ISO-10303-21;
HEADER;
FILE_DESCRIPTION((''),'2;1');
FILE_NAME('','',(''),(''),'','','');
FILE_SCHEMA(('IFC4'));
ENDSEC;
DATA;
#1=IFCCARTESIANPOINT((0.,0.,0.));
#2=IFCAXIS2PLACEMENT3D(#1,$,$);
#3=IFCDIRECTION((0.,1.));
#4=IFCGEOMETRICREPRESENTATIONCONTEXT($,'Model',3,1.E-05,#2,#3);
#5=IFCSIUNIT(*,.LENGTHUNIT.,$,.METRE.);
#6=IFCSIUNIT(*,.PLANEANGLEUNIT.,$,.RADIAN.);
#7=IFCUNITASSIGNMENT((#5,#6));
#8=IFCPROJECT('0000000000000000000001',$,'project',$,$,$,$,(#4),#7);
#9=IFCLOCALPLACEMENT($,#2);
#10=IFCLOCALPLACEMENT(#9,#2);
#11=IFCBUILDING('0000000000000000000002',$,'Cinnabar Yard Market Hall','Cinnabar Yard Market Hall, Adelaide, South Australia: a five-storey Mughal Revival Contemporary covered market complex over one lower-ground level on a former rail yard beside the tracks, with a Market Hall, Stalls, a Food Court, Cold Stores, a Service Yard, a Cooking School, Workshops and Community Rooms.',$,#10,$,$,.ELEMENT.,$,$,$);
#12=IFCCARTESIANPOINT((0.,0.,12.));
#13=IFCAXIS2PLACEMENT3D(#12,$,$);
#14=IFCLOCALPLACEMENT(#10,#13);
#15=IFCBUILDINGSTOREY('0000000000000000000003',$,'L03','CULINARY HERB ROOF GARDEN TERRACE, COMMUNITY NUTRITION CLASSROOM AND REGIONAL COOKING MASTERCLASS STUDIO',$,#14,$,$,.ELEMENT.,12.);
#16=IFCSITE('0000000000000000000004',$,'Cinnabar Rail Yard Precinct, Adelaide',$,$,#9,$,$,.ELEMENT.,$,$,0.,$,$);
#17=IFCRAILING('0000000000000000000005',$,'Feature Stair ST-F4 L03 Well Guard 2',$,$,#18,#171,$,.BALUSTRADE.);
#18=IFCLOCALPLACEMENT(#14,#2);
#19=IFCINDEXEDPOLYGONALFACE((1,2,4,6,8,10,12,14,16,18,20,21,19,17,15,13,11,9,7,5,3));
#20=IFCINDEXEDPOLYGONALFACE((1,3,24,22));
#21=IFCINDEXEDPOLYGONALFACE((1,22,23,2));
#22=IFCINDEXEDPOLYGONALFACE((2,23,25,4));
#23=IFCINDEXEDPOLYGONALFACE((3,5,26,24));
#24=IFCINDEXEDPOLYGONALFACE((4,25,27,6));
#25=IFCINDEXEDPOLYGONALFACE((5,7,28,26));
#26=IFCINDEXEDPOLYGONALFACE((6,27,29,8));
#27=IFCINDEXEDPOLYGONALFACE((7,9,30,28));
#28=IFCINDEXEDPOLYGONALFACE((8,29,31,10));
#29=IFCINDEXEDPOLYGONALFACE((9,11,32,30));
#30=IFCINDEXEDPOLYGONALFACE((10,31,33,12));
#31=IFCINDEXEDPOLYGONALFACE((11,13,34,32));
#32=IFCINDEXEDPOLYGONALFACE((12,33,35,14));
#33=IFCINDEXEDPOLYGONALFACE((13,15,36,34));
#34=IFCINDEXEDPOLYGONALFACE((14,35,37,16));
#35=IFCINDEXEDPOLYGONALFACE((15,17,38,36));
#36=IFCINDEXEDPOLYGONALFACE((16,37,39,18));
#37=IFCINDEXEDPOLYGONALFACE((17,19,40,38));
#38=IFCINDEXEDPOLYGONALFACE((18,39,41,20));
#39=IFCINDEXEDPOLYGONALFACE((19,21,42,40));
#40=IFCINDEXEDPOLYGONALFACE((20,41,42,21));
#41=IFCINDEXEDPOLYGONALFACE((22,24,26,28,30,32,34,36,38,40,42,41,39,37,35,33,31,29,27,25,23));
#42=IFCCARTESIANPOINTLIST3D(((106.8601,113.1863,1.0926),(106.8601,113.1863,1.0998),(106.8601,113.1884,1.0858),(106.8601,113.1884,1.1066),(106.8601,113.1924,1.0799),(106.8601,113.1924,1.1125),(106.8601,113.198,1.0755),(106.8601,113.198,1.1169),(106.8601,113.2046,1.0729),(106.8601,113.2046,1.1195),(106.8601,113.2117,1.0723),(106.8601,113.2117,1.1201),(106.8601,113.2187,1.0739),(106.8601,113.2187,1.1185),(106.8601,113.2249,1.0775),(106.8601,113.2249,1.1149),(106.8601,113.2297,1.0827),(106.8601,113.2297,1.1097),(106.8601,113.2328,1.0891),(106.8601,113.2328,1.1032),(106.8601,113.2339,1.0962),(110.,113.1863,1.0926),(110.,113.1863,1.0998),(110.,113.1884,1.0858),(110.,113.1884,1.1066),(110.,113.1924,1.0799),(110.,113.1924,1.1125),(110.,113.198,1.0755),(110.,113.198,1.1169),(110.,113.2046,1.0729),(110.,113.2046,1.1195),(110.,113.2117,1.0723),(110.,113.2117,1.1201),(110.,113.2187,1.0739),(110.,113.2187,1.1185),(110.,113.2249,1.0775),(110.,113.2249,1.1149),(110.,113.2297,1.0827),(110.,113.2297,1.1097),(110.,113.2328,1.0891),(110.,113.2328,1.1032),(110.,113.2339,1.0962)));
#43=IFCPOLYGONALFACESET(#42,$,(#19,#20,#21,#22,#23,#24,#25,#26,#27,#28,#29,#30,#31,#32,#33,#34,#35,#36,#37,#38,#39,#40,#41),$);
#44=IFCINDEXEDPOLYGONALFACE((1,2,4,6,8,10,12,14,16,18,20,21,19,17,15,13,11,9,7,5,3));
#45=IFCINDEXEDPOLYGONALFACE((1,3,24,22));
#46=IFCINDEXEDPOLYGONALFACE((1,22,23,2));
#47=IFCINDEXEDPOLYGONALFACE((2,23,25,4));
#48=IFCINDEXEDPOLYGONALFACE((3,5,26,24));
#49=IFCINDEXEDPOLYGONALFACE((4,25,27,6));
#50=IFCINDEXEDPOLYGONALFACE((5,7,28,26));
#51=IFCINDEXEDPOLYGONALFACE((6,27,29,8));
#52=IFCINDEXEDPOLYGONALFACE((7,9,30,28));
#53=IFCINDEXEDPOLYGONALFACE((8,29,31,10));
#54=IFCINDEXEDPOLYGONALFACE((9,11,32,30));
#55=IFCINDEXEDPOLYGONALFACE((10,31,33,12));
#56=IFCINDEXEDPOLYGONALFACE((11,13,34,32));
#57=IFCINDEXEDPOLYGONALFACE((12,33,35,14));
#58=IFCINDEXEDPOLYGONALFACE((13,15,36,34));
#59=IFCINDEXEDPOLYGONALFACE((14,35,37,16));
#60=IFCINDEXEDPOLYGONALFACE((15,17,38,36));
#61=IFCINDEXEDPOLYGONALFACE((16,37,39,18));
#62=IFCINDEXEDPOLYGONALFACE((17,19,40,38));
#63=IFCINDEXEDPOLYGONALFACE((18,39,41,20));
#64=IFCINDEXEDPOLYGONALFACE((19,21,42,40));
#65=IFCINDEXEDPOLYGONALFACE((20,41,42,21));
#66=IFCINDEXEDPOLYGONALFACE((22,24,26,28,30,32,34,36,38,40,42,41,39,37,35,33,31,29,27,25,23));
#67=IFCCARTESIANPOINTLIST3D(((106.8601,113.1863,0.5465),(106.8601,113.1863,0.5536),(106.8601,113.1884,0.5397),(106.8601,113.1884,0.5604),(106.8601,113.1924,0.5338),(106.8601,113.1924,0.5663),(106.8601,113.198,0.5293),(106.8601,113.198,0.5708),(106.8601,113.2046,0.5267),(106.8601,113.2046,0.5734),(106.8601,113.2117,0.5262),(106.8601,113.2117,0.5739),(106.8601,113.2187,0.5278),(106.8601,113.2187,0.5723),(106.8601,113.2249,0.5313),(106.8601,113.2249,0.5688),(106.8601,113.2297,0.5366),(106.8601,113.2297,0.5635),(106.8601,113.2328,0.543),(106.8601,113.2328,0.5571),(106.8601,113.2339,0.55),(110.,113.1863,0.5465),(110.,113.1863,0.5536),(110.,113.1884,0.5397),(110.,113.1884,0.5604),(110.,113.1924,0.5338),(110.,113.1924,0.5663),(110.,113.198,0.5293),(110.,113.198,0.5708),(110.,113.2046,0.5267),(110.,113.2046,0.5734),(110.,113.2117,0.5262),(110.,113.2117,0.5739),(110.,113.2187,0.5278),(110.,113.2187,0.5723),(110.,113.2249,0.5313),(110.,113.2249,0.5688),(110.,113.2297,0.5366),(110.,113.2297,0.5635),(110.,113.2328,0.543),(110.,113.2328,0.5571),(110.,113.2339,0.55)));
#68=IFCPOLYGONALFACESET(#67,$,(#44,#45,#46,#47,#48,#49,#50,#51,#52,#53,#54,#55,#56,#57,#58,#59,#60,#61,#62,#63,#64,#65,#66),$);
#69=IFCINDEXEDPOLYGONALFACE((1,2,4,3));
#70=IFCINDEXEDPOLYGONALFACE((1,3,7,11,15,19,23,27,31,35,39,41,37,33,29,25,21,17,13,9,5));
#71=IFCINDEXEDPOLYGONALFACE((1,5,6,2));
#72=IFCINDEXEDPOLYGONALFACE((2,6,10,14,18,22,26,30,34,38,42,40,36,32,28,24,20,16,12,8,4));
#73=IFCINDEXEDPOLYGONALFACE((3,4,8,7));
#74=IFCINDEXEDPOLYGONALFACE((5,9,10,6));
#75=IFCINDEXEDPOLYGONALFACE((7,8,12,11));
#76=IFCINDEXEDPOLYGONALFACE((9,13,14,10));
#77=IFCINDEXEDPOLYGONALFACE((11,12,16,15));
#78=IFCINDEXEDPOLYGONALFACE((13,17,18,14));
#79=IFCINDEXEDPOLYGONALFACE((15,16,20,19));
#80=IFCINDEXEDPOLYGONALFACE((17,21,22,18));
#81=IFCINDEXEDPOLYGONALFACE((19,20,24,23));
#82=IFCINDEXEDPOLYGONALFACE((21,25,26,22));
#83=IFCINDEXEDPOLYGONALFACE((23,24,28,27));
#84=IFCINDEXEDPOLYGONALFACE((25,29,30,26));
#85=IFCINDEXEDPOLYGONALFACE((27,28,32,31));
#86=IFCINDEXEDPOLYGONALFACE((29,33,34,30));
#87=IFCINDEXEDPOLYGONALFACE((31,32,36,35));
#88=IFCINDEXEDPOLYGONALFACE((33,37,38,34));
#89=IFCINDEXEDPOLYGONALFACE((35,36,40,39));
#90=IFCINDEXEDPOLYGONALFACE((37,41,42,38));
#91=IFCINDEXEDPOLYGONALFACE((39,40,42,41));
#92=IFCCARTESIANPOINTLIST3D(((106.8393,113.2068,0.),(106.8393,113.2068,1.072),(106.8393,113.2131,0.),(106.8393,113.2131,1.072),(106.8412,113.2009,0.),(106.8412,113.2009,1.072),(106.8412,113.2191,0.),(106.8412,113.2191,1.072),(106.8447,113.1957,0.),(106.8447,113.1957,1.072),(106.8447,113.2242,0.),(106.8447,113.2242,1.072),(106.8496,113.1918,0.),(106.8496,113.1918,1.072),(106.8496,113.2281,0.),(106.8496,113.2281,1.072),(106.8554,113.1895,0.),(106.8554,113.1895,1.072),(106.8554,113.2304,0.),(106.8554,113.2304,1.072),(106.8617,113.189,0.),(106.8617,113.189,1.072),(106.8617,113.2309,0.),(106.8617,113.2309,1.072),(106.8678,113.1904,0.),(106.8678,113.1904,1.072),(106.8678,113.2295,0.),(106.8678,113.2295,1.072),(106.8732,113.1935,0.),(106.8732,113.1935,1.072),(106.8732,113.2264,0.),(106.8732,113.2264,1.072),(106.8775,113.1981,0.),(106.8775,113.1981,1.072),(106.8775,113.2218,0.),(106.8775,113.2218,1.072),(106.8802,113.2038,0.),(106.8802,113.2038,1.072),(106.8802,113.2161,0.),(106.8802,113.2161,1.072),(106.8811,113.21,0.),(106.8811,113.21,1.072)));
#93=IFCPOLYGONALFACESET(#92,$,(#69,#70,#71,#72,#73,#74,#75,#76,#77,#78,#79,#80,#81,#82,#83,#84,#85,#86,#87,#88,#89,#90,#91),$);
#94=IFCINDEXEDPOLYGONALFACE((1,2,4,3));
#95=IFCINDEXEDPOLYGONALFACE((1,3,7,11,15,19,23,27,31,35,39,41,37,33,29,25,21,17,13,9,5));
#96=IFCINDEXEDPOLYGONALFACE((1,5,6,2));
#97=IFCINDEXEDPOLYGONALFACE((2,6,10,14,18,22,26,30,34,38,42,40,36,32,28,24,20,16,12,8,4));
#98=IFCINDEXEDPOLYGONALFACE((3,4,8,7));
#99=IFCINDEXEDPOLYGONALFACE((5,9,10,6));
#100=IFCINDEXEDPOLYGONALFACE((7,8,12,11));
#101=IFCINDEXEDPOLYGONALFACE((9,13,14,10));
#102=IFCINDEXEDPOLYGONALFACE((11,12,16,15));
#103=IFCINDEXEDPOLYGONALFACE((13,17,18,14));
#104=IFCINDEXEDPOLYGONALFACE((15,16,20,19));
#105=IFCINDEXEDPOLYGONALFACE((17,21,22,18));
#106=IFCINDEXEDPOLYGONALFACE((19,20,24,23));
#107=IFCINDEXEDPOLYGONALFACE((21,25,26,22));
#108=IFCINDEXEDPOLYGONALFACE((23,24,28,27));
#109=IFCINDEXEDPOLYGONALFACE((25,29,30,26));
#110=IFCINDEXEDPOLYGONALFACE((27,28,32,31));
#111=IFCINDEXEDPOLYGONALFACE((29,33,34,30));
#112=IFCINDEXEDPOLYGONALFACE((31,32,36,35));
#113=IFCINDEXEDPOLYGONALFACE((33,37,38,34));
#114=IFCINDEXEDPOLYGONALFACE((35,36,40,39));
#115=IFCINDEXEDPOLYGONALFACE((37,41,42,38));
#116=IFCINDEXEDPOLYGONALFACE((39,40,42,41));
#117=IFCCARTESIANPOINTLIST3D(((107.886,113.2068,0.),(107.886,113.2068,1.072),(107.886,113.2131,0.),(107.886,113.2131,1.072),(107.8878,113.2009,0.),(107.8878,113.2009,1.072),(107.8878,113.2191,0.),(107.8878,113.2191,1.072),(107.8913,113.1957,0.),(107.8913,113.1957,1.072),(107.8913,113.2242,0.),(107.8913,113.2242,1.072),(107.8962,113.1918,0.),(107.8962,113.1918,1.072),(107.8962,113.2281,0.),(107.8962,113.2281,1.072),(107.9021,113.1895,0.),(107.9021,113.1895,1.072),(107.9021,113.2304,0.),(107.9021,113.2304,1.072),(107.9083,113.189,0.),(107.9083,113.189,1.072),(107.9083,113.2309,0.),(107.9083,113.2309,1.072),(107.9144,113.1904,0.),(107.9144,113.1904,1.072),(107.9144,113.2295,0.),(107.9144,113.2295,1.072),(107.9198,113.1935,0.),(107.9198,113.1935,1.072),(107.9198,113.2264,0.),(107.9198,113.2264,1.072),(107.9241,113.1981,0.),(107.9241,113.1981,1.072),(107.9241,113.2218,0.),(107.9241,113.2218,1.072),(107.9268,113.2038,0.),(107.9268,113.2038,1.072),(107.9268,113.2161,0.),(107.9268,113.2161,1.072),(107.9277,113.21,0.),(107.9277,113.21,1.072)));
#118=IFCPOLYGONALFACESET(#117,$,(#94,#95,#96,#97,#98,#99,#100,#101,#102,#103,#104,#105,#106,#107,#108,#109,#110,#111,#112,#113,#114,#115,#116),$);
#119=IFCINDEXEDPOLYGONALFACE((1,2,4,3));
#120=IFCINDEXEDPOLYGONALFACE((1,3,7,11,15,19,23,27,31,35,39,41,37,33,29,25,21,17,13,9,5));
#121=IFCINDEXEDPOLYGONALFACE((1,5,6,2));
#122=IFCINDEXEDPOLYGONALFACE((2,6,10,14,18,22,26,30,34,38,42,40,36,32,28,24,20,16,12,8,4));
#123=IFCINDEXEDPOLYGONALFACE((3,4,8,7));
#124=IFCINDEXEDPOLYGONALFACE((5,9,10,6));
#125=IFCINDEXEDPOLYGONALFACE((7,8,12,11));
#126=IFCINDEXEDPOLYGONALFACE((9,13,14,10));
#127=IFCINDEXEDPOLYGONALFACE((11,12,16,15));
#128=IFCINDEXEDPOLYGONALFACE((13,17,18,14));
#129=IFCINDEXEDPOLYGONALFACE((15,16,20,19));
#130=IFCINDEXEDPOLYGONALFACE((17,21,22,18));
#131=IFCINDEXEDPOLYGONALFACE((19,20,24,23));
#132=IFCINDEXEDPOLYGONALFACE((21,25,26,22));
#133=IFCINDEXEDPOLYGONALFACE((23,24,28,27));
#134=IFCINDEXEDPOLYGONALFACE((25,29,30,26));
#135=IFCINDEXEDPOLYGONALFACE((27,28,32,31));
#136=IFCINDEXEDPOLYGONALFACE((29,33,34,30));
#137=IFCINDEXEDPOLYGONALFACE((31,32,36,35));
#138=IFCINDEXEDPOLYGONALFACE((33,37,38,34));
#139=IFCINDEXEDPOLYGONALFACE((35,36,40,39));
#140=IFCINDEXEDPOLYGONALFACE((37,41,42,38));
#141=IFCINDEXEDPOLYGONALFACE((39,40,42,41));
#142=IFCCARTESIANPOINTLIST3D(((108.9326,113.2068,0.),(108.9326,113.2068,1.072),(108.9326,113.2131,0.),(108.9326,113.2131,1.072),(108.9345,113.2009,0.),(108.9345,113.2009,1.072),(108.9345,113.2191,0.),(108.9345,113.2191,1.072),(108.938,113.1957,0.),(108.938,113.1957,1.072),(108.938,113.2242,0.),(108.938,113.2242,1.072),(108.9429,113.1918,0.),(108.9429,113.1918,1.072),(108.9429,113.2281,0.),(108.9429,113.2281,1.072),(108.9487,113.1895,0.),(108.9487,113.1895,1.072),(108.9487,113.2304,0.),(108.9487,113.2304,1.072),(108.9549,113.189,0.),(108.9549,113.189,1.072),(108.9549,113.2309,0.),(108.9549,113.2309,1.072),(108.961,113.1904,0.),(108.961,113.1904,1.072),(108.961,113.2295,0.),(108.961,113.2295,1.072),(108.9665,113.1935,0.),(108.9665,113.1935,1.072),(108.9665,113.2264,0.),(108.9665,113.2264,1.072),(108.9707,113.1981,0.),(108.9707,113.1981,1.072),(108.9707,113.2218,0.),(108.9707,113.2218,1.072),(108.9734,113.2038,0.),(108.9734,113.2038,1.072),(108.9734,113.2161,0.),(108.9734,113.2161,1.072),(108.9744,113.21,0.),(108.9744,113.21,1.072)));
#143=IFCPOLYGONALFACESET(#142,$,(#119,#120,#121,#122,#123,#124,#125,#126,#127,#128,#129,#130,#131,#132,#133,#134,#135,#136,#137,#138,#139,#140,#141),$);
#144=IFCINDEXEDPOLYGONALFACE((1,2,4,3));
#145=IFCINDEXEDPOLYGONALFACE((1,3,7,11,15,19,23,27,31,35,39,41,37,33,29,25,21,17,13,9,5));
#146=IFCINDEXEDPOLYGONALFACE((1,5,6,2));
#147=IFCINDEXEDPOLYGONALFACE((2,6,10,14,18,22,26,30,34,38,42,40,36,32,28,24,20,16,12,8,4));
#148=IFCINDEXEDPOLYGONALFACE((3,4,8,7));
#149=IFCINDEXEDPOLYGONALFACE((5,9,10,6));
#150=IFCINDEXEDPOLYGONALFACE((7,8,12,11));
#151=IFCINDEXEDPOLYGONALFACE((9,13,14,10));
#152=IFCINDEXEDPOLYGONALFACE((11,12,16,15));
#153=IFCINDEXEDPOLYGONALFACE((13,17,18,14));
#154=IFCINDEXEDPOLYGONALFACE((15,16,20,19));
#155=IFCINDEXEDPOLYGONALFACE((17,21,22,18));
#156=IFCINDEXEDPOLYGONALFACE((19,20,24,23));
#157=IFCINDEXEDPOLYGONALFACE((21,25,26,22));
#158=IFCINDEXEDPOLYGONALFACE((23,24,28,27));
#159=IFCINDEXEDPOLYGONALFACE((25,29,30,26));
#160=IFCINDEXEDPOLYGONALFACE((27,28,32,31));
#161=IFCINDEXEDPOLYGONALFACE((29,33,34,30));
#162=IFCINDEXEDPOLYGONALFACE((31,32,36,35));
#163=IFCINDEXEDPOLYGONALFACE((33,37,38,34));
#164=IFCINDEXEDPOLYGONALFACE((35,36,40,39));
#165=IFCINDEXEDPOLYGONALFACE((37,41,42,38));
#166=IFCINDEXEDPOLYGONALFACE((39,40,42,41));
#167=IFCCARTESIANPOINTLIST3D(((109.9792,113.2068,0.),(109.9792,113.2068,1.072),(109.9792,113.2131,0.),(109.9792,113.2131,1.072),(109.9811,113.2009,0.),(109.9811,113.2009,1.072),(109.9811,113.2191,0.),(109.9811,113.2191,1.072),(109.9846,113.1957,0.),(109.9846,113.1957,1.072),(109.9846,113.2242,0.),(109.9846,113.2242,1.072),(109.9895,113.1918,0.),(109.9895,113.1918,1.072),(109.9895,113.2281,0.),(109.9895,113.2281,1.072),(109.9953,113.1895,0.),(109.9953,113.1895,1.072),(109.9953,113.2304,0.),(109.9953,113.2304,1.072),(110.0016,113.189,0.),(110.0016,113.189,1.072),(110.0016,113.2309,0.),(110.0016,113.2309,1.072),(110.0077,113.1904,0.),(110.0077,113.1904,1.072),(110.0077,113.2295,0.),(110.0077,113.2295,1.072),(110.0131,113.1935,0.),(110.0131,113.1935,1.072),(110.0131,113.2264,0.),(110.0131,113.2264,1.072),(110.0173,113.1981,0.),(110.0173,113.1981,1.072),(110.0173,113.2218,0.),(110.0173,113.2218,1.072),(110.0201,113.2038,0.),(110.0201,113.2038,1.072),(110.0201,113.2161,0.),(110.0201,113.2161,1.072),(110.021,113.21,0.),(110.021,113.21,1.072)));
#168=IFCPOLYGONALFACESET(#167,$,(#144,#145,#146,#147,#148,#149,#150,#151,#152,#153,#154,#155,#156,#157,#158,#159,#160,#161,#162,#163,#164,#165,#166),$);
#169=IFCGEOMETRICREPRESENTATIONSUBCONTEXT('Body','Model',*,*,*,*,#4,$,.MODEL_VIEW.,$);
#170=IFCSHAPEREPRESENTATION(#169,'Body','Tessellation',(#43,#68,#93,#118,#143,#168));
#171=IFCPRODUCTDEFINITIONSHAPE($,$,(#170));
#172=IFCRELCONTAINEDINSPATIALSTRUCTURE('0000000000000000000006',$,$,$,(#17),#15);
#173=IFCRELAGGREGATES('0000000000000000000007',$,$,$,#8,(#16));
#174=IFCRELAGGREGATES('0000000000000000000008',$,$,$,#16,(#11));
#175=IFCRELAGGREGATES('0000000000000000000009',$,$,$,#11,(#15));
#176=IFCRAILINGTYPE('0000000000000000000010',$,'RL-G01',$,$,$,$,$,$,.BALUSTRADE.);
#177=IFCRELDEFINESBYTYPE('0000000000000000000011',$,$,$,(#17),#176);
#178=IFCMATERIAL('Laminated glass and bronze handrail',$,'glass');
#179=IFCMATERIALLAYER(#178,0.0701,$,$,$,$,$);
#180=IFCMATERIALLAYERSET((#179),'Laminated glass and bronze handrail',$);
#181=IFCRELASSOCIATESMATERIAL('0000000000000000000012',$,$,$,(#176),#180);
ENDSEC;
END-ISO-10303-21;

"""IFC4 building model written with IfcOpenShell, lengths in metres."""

from ifc_helpers import new_model, si_unit, direction, frame, origin, origin_2d_with_axis, place, context, subcontext, project, spatial, circle, extrude, material, layer, layer_set, type_object, element, save


model = new_model("IFC4")

# Units and contexts
model_context = context("Model", 3, precision=1e-05, world=origin(), true_north=direction((0.0, 1.0)))
body_context = subcontext(model_context, "Body", "Model", "MODEL_VIEW")
ifc_project = project(units=[si_unit("LENGTHUNIT", "METRE"), si_unit("PLANEANGLEUNIT", "RADIAN")], contexts=[model_context])

# Site, building, storey
site_placement = place(None, origin())
site = spatial("IfcSite", under=ifc_project, at=site_placement, Name="Cinnabar Rail Yard Precinct, Adelaide", CompositionType="ELEMENT", RefElevation=0.0)
building_placement = place(site_placement, origin())
building = spatial("IfcBuilding", under=site, at=building_placement, Name="Cinnabar Yard Market Hall", Description="Cinnabar Yard Market Hall, Adelaide, South Australia: a five-storey Mughal Revival Contemporary covered market complex over one lower-ground level on a former rail yard beside the tracks, with a Market Hall, Stalls, a Food Court, Cold Stores, a Service Yard, a Cooking School, Workshops and Community Rooms.", CompositionType="ELEMENT")
storey_placement = place(building_placement, frame((0.0, 0.0, 12.0)))
storey = spatial("IfcBuildingStorey", under=building, at=storey_placement, Name="L03", Description="CULINARY HERB ROOF GARDEN TERRACE, COMMUNITY NUTRITION CLASSROOM AND REGIONAL COOKING MASTERCLASS STUDIO", CompositionType="ELEMENT", Elevation=12.0)

# Railing
ifc_material_1 = material(Name="Laminated glass and bronze handrail", Category="glass")
ifc_layer_1 = layer(ifc_material_1, 0.0701)
ifc_layer_set_1 = layer_set([ifc_layer_1], Name="Laminated glass and bronze handrail")
railing_type_1 = type_object("IfcRailingType", Name="RL-G01", PredefinedType="BALUSTRADE", material=ifc_layer_set_1)
railing_1_placement = place(storey_placement, frame((106.8601, 113.21, 0.0)))
element("IfcRailing", 1, at=railing_1_placement, inside=storey, type_object=railing_type_1, Name="Feature Stair ST-F4 L03 Well Guard 2", PredefinedType="BALUSTRADE", context=body_context, shape_type="SweptSolid", body=[
    extrude(circle(Radius=0.0239, at=origin_2d_with_axis()), frame((0.0, 0.0, 1.0962), z_axis=(1.0, 0.0, 0.0), x_axis=(0.0, 1.0, 0.0)), (0.0, 0.0, 1.0), 3.1399),
    extrude(circle(Radius=0.0239, at=origin_2d_with_axis()), frame((0.0, 0.0, 0.55), z_axis=(1.0, 0.0, 0.0), x_axis=(0.0, 1.0, 0.0)), (0.0, 0.0, 1.0), 3.1399),
    extrude(circle(Radius=0.021, at=origin_2d_with_axis()), origin(), (0.0, 0.0, 1.0), 1.072),
    extrude(circle(Radius=0.021, at=origin_2d_with_axis()), frame((1.0466, 0.0, 0.0)), (0.0, 0.0, 1.0), 1.072),
    extrude(circle(Radius=0.021, at=origin_2d_with_axis()), frame((2.0933, 0.0, 0.0)), (0.0, 0.0, 1.0), 1.072),
    extrude(circle(Radius=0.021, at=origin_2d_with_axis()), frame((3.1399, 0.0, 0.0)), (0.0, 0.0, 1.0), 1.072),
])

save(model, "model.ifc")
